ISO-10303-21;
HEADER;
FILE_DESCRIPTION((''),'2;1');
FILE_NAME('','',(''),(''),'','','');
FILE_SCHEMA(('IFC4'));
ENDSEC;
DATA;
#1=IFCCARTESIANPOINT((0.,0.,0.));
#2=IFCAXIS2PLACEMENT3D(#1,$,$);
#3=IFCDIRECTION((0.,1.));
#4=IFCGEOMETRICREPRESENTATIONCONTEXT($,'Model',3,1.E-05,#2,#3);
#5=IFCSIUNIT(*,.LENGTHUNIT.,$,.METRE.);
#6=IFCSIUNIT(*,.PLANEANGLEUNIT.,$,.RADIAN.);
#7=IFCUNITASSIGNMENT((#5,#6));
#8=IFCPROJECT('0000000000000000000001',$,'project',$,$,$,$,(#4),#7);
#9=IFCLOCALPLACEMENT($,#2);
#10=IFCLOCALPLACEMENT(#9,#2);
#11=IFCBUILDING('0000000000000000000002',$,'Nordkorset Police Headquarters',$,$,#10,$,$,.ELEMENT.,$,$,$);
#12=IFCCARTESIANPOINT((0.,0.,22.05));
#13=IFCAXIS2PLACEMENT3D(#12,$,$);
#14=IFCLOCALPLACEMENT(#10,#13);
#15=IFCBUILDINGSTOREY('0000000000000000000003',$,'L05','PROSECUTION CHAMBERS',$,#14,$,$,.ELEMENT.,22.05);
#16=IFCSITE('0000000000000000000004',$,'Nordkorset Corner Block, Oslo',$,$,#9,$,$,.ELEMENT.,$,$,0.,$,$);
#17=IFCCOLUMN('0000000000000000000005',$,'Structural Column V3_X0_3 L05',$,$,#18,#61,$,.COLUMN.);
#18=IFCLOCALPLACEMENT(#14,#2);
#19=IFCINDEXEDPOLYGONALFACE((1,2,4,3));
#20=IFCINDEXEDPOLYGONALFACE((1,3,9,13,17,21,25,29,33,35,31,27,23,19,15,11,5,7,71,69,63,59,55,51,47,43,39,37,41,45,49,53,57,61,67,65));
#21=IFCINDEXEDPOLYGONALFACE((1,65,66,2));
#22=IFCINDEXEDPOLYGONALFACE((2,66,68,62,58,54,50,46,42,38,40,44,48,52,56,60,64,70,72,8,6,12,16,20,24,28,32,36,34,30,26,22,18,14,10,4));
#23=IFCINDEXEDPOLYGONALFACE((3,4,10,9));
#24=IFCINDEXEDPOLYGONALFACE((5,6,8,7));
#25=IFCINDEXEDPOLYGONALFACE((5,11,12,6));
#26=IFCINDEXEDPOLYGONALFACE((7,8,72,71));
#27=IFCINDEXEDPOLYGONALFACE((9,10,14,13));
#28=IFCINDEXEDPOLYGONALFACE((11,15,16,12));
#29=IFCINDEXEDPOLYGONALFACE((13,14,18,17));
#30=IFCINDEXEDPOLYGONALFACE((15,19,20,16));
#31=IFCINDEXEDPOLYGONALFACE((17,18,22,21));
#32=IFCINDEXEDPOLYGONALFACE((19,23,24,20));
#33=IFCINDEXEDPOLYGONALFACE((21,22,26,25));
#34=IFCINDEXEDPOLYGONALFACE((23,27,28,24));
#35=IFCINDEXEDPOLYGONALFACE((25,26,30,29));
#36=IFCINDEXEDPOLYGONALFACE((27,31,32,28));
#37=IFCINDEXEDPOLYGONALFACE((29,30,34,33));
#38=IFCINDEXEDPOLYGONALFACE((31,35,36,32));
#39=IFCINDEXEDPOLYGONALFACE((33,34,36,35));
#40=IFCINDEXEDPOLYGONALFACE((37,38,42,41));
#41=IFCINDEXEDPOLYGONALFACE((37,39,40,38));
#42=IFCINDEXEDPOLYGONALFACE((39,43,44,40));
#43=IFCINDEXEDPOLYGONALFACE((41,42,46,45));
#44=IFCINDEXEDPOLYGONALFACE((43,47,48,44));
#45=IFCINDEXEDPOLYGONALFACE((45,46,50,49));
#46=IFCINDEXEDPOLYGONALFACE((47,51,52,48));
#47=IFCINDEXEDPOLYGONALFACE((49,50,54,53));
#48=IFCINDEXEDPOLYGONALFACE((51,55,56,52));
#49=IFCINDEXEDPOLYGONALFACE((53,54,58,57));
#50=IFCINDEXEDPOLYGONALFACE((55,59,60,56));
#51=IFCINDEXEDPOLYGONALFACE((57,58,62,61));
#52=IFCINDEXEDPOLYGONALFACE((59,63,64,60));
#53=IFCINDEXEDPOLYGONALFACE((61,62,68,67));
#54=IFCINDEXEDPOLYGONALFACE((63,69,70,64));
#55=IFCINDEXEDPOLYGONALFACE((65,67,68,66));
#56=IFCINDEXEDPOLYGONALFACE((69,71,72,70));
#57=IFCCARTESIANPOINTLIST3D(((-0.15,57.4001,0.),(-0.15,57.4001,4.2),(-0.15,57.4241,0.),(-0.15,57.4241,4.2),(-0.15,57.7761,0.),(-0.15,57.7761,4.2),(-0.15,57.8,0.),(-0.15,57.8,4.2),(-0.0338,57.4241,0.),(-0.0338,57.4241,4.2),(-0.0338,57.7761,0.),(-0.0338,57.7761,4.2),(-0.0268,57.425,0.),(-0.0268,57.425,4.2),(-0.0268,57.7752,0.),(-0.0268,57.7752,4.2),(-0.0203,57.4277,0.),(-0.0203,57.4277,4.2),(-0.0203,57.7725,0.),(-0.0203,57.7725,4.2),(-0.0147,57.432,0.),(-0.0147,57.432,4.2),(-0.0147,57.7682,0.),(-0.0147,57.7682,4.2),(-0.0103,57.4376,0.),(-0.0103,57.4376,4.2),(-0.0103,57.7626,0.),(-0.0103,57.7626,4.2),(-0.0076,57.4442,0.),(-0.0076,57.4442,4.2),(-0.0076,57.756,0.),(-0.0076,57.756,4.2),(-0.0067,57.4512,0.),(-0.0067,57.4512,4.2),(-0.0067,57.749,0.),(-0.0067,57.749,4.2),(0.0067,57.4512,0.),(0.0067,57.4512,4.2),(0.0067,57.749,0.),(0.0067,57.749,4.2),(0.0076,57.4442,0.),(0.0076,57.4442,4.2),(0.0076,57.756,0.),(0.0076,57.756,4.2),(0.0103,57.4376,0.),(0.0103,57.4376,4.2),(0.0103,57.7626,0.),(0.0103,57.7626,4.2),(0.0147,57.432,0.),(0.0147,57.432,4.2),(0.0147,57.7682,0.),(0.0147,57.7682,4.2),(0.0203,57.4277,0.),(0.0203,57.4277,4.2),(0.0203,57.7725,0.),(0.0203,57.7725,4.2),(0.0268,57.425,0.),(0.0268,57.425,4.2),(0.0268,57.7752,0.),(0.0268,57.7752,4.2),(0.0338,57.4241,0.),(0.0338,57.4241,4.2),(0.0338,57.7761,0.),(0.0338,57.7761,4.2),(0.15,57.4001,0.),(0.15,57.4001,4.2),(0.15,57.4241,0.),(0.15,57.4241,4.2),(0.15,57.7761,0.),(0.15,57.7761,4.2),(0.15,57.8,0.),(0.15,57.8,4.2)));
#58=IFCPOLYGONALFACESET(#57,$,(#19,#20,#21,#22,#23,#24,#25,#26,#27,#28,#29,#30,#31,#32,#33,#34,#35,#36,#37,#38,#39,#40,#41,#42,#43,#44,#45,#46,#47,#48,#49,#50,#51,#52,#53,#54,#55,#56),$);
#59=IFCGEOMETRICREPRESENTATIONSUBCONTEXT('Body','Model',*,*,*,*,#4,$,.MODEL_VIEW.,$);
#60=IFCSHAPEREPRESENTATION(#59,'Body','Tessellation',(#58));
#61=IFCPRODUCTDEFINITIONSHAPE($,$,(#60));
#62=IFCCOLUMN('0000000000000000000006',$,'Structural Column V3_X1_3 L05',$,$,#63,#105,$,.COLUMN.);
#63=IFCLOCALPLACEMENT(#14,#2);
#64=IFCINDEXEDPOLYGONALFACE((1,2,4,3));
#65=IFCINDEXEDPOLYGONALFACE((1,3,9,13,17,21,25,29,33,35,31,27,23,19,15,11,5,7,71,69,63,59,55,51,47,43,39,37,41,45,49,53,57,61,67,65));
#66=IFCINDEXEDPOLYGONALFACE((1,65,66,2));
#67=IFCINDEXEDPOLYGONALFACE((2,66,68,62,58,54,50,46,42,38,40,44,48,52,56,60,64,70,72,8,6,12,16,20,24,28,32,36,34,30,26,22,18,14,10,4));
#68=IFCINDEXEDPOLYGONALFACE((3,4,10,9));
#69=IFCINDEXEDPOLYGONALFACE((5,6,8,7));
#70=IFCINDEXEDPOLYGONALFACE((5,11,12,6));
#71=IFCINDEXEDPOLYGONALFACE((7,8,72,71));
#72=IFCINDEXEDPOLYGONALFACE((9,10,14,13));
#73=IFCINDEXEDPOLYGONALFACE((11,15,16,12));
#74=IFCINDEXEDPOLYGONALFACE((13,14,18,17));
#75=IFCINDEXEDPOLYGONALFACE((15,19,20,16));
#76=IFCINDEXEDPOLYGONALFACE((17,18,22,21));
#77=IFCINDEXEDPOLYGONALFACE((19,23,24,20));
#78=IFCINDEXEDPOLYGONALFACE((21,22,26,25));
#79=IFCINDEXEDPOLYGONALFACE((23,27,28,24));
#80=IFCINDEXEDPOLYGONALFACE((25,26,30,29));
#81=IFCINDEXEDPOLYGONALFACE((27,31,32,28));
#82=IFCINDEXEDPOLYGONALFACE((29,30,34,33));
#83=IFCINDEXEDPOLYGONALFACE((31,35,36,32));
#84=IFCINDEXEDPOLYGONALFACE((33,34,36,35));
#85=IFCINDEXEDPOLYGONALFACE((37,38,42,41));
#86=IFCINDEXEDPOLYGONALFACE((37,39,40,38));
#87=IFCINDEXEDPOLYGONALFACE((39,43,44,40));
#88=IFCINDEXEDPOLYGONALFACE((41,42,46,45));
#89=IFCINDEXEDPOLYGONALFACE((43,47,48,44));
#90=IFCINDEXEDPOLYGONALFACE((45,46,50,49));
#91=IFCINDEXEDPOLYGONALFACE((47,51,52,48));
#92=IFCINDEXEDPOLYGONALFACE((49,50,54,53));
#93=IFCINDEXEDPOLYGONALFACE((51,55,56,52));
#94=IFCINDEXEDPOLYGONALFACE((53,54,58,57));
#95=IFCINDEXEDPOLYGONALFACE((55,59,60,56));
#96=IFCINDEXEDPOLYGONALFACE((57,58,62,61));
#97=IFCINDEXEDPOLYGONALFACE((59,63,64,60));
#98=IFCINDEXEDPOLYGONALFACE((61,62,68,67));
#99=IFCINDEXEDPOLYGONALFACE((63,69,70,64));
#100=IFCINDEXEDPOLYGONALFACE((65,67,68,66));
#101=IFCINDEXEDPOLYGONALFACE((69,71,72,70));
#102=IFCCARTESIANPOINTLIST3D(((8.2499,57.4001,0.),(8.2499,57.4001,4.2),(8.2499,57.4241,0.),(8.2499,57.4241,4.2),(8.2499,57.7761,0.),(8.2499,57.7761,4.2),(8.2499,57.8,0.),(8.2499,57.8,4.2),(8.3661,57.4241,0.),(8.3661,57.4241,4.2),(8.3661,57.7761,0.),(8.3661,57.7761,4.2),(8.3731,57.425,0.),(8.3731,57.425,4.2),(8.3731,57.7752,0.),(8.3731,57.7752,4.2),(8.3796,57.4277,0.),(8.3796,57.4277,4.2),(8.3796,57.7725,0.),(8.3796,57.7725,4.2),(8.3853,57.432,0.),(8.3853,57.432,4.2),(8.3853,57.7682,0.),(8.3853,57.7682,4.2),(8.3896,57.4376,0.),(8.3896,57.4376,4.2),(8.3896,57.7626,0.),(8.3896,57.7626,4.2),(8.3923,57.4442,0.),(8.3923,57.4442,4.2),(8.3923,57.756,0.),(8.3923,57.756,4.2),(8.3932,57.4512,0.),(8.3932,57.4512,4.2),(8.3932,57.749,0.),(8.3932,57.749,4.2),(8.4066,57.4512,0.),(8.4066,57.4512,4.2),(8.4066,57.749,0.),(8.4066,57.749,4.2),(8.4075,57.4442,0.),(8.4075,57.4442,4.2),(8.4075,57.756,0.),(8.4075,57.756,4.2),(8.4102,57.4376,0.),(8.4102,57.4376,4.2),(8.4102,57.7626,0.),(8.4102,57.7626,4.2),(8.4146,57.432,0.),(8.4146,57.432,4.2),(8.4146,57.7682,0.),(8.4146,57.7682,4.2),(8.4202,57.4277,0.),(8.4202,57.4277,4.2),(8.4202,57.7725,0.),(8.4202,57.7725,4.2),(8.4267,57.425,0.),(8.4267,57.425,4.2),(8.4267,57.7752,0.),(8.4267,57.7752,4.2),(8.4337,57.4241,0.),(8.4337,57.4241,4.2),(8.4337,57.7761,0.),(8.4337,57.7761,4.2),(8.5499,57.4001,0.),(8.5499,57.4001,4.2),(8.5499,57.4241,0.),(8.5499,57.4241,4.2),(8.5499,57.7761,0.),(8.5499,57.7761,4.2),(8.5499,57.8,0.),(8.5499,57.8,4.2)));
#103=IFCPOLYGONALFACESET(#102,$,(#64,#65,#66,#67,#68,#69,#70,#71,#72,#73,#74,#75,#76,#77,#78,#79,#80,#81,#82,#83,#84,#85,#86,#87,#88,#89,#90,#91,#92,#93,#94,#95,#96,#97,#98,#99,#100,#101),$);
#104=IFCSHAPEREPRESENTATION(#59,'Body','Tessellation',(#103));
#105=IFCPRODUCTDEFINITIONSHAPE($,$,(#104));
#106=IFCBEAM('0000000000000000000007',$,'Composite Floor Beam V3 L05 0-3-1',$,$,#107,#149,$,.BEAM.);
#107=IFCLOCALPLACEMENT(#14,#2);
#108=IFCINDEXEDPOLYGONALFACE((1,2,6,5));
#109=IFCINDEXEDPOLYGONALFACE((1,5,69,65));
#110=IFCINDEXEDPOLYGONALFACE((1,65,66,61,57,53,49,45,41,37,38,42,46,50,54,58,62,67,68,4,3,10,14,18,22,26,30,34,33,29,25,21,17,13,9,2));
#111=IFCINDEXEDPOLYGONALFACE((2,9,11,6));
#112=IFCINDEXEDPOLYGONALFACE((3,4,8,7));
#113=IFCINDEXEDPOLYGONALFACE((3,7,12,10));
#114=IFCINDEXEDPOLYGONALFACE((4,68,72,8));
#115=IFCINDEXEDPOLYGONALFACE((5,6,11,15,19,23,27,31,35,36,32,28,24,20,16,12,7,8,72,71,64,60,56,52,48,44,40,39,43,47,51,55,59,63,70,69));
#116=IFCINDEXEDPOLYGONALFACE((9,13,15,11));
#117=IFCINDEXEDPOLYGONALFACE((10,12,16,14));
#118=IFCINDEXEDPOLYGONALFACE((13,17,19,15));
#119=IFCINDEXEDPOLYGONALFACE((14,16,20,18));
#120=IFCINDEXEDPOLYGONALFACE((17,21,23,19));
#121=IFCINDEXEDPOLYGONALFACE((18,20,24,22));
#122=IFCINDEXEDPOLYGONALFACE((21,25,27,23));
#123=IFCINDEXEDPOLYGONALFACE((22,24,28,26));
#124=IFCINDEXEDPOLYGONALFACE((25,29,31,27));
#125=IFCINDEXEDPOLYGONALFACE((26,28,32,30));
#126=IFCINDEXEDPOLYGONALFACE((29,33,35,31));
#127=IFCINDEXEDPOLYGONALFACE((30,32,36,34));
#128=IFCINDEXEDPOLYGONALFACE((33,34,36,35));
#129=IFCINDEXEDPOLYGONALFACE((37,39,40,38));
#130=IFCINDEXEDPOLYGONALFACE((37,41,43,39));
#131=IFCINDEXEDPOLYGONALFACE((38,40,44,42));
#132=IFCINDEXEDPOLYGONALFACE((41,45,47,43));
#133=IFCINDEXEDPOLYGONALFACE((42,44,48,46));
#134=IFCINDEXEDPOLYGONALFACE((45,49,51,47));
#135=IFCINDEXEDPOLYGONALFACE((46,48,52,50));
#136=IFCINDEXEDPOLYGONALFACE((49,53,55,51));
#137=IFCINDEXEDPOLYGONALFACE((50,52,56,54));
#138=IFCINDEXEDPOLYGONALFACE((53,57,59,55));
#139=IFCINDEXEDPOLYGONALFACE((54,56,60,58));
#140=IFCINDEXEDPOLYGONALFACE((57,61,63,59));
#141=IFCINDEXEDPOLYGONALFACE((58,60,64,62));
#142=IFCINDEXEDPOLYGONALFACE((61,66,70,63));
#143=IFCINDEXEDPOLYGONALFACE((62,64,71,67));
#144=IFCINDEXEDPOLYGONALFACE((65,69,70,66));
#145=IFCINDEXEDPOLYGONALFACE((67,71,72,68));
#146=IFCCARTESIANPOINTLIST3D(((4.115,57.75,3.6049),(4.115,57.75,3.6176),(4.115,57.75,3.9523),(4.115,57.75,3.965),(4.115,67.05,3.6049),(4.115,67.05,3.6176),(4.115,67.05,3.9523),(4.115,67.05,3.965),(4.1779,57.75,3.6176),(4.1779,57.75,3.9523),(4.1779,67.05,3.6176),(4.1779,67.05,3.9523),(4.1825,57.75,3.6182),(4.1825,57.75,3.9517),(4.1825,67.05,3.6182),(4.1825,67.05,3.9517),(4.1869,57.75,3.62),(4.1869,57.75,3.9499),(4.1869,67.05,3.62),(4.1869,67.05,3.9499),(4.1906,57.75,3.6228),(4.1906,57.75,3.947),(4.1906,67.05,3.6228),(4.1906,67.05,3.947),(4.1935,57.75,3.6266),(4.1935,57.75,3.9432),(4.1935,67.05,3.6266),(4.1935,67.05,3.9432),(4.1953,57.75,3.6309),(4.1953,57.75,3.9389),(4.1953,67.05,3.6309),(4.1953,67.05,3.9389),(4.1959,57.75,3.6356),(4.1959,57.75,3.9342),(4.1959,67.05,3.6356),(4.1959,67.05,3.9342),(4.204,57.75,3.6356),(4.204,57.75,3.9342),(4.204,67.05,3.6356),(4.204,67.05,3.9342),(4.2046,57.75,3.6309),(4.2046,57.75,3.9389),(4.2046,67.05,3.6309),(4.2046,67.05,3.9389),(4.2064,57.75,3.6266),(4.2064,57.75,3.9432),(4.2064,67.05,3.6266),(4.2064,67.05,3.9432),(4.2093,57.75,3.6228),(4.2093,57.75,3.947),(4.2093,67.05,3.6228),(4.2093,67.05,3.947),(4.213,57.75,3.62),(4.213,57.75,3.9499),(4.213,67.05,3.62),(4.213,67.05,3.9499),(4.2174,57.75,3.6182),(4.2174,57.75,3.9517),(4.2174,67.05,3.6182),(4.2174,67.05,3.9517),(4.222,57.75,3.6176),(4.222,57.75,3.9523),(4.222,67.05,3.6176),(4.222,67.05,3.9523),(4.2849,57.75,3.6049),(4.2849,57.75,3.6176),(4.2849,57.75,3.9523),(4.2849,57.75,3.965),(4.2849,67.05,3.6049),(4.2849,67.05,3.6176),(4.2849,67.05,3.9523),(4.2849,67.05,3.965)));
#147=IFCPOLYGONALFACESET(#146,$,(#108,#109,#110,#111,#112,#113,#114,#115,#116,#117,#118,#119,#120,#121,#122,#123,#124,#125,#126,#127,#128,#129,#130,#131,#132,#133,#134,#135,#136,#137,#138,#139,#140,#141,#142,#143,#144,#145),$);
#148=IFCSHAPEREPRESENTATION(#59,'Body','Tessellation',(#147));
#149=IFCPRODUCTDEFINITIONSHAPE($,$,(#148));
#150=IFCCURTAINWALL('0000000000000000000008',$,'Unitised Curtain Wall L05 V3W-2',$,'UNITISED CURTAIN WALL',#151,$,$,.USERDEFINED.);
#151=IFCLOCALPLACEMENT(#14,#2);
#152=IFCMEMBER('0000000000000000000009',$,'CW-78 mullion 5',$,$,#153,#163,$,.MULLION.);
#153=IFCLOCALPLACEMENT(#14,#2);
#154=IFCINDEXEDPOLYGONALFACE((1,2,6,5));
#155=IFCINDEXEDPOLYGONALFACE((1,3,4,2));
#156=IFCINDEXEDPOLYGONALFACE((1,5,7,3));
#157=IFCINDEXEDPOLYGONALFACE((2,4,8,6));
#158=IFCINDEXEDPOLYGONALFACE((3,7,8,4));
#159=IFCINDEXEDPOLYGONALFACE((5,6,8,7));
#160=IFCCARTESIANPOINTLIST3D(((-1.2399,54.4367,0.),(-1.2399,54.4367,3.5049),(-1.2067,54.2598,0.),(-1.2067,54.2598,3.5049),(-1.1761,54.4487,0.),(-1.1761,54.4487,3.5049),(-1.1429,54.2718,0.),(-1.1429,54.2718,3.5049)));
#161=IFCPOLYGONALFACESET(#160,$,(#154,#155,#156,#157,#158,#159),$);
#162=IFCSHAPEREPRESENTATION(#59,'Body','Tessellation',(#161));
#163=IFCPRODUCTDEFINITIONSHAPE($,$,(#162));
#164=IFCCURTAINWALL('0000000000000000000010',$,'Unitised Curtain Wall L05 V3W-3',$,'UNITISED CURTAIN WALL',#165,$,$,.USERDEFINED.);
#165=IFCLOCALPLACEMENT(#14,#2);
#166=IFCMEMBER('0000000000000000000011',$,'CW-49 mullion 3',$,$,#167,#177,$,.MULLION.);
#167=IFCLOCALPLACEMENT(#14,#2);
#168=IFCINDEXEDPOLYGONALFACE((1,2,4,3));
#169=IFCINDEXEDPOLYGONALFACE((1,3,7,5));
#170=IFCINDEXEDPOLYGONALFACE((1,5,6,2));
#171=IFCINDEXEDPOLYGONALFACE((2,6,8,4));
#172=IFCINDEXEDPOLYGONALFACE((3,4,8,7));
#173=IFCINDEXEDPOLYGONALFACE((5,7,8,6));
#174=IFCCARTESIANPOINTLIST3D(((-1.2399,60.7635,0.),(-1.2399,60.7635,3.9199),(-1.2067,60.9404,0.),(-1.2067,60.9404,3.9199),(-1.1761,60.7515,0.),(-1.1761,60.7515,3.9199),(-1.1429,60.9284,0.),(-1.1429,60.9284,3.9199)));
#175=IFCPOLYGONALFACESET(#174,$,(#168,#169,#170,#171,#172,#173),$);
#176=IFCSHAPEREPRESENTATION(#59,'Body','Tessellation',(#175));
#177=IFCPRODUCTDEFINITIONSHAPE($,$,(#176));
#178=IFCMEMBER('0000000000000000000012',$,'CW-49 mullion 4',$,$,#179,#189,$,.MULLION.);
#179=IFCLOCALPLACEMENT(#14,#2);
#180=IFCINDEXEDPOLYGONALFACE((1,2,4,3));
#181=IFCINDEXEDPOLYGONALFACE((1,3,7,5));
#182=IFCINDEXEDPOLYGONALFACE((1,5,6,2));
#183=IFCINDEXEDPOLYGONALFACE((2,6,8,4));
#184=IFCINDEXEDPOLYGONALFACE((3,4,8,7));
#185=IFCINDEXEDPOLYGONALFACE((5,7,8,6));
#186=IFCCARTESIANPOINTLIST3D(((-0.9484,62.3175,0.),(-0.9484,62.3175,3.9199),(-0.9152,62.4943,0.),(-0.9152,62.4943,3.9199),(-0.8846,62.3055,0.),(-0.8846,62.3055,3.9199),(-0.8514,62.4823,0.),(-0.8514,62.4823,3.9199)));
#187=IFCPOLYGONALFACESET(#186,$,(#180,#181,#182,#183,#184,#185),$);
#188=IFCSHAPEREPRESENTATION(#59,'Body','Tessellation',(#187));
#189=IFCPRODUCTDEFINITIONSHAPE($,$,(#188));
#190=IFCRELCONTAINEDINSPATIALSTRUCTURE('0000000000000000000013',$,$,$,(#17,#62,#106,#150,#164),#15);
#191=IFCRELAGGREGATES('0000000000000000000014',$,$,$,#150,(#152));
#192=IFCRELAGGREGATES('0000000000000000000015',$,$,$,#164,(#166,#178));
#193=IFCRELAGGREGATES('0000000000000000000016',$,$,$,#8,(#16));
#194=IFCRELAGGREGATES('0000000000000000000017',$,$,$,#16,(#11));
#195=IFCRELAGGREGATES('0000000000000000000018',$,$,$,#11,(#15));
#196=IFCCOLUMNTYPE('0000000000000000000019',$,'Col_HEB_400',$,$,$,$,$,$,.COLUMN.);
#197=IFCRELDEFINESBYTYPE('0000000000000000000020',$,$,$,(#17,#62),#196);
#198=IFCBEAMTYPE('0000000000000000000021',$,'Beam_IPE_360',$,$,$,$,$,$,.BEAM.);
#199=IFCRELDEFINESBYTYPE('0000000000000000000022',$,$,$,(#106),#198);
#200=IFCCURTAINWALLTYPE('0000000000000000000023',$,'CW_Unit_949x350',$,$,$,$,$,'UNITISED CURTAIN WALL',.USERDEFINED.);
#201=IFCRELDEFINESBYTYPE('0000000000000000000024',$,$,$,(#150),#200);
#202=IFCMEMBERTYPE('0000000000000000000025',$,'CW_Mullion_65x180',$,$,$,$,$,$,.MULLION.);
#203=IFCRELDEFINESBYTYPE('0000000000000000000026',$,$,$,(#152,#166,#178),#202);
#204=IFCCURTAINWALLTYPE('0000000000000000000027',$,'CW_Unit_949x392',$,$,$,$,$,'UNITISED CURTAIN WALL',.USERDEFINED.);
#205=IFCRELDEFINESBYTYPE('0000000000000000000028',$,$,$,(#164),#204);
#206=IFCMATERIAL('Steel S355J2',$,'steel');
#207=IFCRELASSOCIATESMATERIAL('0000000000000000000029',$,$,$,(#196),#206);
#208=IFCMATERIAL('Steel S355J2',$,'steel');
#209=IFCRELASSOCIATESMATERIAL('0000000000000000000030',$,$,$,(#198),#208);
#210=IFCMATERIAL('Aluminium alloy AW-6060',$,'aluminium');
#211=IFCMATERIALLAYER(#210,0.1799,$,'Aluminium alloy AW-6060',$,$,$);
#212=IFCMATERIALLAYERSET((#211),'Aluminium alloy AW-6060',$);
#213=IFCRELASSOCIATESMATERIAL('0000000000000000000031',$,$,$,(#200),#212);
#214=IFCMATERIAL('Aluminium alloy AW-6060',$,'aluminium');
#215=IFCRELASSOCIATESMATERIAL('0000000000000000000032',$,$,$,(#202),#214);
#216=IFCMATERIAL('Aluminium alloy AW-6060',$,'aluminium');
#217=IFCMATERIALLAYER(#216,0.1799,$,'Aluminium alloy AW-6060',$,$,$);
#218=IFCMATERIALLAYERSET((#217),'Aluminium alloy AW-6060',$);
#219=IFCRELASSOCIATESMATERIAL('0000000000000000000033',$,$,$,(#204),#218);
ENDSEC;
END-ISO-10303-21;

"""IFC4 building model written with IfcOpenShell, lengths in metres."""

from ifc_helpers import new_model, si_unit, direction, frame, origin, origin_2d, place, context, subcontext, project, spatial, rectangle, i_section, extrude, material, layer, layer_set, material_profile, profile_set, type_object, element, aggregate, save


model = new_model("IFC4")

# Units and contexts
model_context = context("Model", 3, precision=1e-05, world=origin(), true_north=direction((0.0, 1.0)))
body_context = subcontext(model_context, "Body", "Model", "MODEL_VIEW")
ifc_project = project(units=[si_unit("LENGTHUNIT", "METRE"), si_unit("PLANEANGLEUNIT", "RADIAN")], contexts=[model_context])

# Site, building, storey
site_placement = place(None, origin())
site = spatial("IfcSite", under=ifc_project, at=site_placement, Name="Nordkorset Corner Block, Oslo", CompositionType="ELEMENT", RefElevation=0.0)
building_placement = place(site_placement, origin())
building = spatial("IfcBuilding", under=site, at=building_placement, Name="Nordkorset Police Headquarters", CompositionType="ELEMENT")
storey_placement = place(building_placement, frame((0.0, 0.0, 22.05)))
storey = spatial("IfcBuildingStorey", under=building, at=storey_placement, Name="L05", Description="PROSECUTION CHAMBERS", CompositionType="ELEMENT", Elevation=22.05)

# Columns
ifc_material_1 = material(Name="Steel S355J2", Category="steel")
ifc_material_profile_1 = material_profile(ifc_material_1, i_section(OverallWidth=0.3, OverallDepth=0.3999, WebThickness=0.0134, FlangeThickness=0.0239, FilletRadius=0.0271, at=origin_2d()), Name="HEB 400")
ifc_profile_set_1 = profile_set([ifc_material_profile_1], Name="Steel S355J2")
column_type = type_object("IfcColumnType", Name="Col_HEB_400", PredefinedType="COLUMN", material=ifc_profile_set_1)
for number, where, z_axis, x_axis, name in (
    (1, (0.0, 57.6001, 0.0), (0.0, 0.0, 1.0), (1.0, 0.0, 0.0), "Structural Column V3_X0_3 L05"),
    (2, (8.3999, 57.6001, 0.0), (0.0, 0.0, 1.0), (1.0, 0.0, 0.0), "Structural Column V3_X1_3 L05"),
):
    element("IfcColumn", number, at=place(storey_placement, frame(where, z_axis=z_axis, x_axis=x_axis)), inside=storey, type_object=column_type, Name=name, PredefinedType="COLUMN", context=body_context, shape_type="SweptSolid", body=[
        extrude(i_section(OverallWidth=0.3, OverallDepth=0.3999, WebThickness=0.0134, FlangeThickness=0.0239, FilletRadius=0.0271, at=origin_2d()), origin(), (0.0, 0.0, 1.0), 4.2),
    ])

# Beam
ifc_material_2 = material(Name="Steel S355J2", Category="steel")
ifc_material_profile_2 = material_profile(ifc_material_2, i_section(OverallWidth=0.1699, OverallDepth=0.3601, WebThickness=0.0081, FlangeThickness=0.0127, FilletRadius=0.0181, at=origin_2d()), Name="IPE 360")
ifc_profile_set_2 = profile_set([ifc_material_profile_2], Name="Steel S355J2")
beam_type_1 = type_object("IfcBeamType", Name="Beam_IPE_360", PredefinedType="BEAM", material=ifc_profile_set_2)
beam_1_placement = place(storey_placement, frame((4.2, 57.75, 3.7849), z_axis=(0.0, 1.0, 0.0), x_axis=(-1.0, 0.0, 0.0)))
element("IfcBeam", 3, at=beam_1_placement, inside=storey, type_object=beam_type_1, Name="Composite Floor Beam V3 L05 0-3-1", PredefinedType="BEAM", context=body_context, shape_type="SweptSolid", body=[
    extrude(i_section(OverallWidth=0.1699, OverallDepth=0.3601, WebThickness=0.0081, FlangeThickness=0.0127, FilletRadius=0.0181, at=origin_2d()), origin(), (0.0, 0.0, 1.0), 9.3),
])

# Curtain wall, member
ifc_material_3 = material(Name="Aluminium alloy AW-6060", Category="aluminium")
ifc_layer_1 = layer(ifc_material_3, 0.1799, Name="Aluminium alloy AW-6060")
ifc_layer_set_1 = layer_set([ifc_layer_1], Name="Aluminium alloy AW-6060")
curtain_wall_type_1 = type_object("IfcCurtainWallType", Name="CW_Unit_949x350", ElementType="UNITISED CURTAIN WALL", PredefinedType="USERDEFINED", material=ifc_layer_set_1)
curtain_wall_1_placement = place(storey_placement, origin())
curtain_wall_1 = element("IfcCurtainWall", 4, at=curtain_wall_1_placement, inside=storey, type_object=curtain_wall_type_1, Name="Unitised Curtain Wall L05 V3W-2", ObjectType="UNITISED CURTAIN WALL", PredefinedType="USERDEFINED")
ifc_material_4 = material(Name="Aluminium alloy AW-6060", Category="aluminium")
ifc_material_profile_3 = material_profile(ifc_material_4, rectangle(XDim=0.0649, YDim=0.1799, at=origin_2d()), Name="ALU MULL 65x180")
ifc_profile_set_3 = profile_set([ifc_material_profile_3], Name="Aluminium alloy AW-6060")
member_type_1 = type_object("IfcMemberType", Name="CW_Mullion_65x180", PredefinedType="MULLION", material=ifc_profile_set_3)
member_1_placement = place(storey_placement, frame((-1.1914, 54.3542, 0.0), z_axis=(0.0, 0.0, 1.0), x_axis=(-0.982872, -0.184289, 0.0)))
member_1 = element("IfcMember", 5, at=member_1_placement, type_object=member_type_1, Name="CW-78 mullion 5", PredefinedType="MULLION", context=body_context, shape_type="SweptSolid", body=[
    extrude(rectangle(XDim=0.0649, YDim=0.1799, at=origin_2d()), origin(), (0.0, 0.0, 1.0), 3.5049),
])

# Curtain wall, members
ifc_material_5 = material(Name="Aluminium alloy AW-6060", Category="aluminium")
ifc_layer_2 = layer(ifc_material_5, 0.1799, Name="Aluminium alloy AW-6060")
ifc_layer_set_2 = layer_set([ifc_layer_2], Name="Aluminium alloy AW-6060")
curtain_wall_type_2 = type_object("IfcCurtainWallType", Name="CW_Unit_949x392", ElementType="UNITISED CURTAIN WALL", PredefinedType="USERDEFINED", material=ifc_layer_set_2)
curtain_wall_2_placement = place(storey_placement, origin())
curtain_wall_2 = element("IfcCurtainWall", 6, at=curtain_wall_2_placement, inside=storey, type_object=curtain_wall_type_2, Name="Unitised Curtain Wall L05 V3W-3", ObjectType="UNITISED CURTAIN WALL", PredefinedType="USERDEFINED")
member_2_placement = place(storey_placement, frame((-1.1914, 60.8459, 0.0), z_axis=(0.0, 0.0, 1.0), x_axis=(-0.982872, 0.184289, 0.0)))
member_2 = element("IfcMember", 7, at=member_2_placement, type_object=member_type_1, Name="CW-49 mullion 3", PredefinedType="MULLION", context=body_context, shape_type="SweptSolid", body=[
    extrude(rectangle(XDim=0.0649, YDim=0.1799, at=origin_2d()), origin(), (0.0, 0.0, 1.0), 3.9199),
])
member_3_placement = place(storey_placement, frame((-0.8999, 62.3999, 0.0), z_axis=(0.0, 0.0, 1.0), x_axis=(-0.982872, 0.184289, 0.0)))
member_3 = element("IfcMember", 8, at=member_3_placement, type_object=member_type_1, Name="CW-49 mullion 4", PredefinedType="MULLION", context=body_context, shape_type="SweptSolid", body=[
    extrude(rectangle(XDim=0.0649, YDim=0.1799, at=origin_2d()), origin(), (0.0, 0.0, 1.0), 3.9199),
])

aggregate(curtain_wall_1, [member_1])
aggregate(curtain_wall_2, [member_2, member_3])

save(model, "model.ifc")
